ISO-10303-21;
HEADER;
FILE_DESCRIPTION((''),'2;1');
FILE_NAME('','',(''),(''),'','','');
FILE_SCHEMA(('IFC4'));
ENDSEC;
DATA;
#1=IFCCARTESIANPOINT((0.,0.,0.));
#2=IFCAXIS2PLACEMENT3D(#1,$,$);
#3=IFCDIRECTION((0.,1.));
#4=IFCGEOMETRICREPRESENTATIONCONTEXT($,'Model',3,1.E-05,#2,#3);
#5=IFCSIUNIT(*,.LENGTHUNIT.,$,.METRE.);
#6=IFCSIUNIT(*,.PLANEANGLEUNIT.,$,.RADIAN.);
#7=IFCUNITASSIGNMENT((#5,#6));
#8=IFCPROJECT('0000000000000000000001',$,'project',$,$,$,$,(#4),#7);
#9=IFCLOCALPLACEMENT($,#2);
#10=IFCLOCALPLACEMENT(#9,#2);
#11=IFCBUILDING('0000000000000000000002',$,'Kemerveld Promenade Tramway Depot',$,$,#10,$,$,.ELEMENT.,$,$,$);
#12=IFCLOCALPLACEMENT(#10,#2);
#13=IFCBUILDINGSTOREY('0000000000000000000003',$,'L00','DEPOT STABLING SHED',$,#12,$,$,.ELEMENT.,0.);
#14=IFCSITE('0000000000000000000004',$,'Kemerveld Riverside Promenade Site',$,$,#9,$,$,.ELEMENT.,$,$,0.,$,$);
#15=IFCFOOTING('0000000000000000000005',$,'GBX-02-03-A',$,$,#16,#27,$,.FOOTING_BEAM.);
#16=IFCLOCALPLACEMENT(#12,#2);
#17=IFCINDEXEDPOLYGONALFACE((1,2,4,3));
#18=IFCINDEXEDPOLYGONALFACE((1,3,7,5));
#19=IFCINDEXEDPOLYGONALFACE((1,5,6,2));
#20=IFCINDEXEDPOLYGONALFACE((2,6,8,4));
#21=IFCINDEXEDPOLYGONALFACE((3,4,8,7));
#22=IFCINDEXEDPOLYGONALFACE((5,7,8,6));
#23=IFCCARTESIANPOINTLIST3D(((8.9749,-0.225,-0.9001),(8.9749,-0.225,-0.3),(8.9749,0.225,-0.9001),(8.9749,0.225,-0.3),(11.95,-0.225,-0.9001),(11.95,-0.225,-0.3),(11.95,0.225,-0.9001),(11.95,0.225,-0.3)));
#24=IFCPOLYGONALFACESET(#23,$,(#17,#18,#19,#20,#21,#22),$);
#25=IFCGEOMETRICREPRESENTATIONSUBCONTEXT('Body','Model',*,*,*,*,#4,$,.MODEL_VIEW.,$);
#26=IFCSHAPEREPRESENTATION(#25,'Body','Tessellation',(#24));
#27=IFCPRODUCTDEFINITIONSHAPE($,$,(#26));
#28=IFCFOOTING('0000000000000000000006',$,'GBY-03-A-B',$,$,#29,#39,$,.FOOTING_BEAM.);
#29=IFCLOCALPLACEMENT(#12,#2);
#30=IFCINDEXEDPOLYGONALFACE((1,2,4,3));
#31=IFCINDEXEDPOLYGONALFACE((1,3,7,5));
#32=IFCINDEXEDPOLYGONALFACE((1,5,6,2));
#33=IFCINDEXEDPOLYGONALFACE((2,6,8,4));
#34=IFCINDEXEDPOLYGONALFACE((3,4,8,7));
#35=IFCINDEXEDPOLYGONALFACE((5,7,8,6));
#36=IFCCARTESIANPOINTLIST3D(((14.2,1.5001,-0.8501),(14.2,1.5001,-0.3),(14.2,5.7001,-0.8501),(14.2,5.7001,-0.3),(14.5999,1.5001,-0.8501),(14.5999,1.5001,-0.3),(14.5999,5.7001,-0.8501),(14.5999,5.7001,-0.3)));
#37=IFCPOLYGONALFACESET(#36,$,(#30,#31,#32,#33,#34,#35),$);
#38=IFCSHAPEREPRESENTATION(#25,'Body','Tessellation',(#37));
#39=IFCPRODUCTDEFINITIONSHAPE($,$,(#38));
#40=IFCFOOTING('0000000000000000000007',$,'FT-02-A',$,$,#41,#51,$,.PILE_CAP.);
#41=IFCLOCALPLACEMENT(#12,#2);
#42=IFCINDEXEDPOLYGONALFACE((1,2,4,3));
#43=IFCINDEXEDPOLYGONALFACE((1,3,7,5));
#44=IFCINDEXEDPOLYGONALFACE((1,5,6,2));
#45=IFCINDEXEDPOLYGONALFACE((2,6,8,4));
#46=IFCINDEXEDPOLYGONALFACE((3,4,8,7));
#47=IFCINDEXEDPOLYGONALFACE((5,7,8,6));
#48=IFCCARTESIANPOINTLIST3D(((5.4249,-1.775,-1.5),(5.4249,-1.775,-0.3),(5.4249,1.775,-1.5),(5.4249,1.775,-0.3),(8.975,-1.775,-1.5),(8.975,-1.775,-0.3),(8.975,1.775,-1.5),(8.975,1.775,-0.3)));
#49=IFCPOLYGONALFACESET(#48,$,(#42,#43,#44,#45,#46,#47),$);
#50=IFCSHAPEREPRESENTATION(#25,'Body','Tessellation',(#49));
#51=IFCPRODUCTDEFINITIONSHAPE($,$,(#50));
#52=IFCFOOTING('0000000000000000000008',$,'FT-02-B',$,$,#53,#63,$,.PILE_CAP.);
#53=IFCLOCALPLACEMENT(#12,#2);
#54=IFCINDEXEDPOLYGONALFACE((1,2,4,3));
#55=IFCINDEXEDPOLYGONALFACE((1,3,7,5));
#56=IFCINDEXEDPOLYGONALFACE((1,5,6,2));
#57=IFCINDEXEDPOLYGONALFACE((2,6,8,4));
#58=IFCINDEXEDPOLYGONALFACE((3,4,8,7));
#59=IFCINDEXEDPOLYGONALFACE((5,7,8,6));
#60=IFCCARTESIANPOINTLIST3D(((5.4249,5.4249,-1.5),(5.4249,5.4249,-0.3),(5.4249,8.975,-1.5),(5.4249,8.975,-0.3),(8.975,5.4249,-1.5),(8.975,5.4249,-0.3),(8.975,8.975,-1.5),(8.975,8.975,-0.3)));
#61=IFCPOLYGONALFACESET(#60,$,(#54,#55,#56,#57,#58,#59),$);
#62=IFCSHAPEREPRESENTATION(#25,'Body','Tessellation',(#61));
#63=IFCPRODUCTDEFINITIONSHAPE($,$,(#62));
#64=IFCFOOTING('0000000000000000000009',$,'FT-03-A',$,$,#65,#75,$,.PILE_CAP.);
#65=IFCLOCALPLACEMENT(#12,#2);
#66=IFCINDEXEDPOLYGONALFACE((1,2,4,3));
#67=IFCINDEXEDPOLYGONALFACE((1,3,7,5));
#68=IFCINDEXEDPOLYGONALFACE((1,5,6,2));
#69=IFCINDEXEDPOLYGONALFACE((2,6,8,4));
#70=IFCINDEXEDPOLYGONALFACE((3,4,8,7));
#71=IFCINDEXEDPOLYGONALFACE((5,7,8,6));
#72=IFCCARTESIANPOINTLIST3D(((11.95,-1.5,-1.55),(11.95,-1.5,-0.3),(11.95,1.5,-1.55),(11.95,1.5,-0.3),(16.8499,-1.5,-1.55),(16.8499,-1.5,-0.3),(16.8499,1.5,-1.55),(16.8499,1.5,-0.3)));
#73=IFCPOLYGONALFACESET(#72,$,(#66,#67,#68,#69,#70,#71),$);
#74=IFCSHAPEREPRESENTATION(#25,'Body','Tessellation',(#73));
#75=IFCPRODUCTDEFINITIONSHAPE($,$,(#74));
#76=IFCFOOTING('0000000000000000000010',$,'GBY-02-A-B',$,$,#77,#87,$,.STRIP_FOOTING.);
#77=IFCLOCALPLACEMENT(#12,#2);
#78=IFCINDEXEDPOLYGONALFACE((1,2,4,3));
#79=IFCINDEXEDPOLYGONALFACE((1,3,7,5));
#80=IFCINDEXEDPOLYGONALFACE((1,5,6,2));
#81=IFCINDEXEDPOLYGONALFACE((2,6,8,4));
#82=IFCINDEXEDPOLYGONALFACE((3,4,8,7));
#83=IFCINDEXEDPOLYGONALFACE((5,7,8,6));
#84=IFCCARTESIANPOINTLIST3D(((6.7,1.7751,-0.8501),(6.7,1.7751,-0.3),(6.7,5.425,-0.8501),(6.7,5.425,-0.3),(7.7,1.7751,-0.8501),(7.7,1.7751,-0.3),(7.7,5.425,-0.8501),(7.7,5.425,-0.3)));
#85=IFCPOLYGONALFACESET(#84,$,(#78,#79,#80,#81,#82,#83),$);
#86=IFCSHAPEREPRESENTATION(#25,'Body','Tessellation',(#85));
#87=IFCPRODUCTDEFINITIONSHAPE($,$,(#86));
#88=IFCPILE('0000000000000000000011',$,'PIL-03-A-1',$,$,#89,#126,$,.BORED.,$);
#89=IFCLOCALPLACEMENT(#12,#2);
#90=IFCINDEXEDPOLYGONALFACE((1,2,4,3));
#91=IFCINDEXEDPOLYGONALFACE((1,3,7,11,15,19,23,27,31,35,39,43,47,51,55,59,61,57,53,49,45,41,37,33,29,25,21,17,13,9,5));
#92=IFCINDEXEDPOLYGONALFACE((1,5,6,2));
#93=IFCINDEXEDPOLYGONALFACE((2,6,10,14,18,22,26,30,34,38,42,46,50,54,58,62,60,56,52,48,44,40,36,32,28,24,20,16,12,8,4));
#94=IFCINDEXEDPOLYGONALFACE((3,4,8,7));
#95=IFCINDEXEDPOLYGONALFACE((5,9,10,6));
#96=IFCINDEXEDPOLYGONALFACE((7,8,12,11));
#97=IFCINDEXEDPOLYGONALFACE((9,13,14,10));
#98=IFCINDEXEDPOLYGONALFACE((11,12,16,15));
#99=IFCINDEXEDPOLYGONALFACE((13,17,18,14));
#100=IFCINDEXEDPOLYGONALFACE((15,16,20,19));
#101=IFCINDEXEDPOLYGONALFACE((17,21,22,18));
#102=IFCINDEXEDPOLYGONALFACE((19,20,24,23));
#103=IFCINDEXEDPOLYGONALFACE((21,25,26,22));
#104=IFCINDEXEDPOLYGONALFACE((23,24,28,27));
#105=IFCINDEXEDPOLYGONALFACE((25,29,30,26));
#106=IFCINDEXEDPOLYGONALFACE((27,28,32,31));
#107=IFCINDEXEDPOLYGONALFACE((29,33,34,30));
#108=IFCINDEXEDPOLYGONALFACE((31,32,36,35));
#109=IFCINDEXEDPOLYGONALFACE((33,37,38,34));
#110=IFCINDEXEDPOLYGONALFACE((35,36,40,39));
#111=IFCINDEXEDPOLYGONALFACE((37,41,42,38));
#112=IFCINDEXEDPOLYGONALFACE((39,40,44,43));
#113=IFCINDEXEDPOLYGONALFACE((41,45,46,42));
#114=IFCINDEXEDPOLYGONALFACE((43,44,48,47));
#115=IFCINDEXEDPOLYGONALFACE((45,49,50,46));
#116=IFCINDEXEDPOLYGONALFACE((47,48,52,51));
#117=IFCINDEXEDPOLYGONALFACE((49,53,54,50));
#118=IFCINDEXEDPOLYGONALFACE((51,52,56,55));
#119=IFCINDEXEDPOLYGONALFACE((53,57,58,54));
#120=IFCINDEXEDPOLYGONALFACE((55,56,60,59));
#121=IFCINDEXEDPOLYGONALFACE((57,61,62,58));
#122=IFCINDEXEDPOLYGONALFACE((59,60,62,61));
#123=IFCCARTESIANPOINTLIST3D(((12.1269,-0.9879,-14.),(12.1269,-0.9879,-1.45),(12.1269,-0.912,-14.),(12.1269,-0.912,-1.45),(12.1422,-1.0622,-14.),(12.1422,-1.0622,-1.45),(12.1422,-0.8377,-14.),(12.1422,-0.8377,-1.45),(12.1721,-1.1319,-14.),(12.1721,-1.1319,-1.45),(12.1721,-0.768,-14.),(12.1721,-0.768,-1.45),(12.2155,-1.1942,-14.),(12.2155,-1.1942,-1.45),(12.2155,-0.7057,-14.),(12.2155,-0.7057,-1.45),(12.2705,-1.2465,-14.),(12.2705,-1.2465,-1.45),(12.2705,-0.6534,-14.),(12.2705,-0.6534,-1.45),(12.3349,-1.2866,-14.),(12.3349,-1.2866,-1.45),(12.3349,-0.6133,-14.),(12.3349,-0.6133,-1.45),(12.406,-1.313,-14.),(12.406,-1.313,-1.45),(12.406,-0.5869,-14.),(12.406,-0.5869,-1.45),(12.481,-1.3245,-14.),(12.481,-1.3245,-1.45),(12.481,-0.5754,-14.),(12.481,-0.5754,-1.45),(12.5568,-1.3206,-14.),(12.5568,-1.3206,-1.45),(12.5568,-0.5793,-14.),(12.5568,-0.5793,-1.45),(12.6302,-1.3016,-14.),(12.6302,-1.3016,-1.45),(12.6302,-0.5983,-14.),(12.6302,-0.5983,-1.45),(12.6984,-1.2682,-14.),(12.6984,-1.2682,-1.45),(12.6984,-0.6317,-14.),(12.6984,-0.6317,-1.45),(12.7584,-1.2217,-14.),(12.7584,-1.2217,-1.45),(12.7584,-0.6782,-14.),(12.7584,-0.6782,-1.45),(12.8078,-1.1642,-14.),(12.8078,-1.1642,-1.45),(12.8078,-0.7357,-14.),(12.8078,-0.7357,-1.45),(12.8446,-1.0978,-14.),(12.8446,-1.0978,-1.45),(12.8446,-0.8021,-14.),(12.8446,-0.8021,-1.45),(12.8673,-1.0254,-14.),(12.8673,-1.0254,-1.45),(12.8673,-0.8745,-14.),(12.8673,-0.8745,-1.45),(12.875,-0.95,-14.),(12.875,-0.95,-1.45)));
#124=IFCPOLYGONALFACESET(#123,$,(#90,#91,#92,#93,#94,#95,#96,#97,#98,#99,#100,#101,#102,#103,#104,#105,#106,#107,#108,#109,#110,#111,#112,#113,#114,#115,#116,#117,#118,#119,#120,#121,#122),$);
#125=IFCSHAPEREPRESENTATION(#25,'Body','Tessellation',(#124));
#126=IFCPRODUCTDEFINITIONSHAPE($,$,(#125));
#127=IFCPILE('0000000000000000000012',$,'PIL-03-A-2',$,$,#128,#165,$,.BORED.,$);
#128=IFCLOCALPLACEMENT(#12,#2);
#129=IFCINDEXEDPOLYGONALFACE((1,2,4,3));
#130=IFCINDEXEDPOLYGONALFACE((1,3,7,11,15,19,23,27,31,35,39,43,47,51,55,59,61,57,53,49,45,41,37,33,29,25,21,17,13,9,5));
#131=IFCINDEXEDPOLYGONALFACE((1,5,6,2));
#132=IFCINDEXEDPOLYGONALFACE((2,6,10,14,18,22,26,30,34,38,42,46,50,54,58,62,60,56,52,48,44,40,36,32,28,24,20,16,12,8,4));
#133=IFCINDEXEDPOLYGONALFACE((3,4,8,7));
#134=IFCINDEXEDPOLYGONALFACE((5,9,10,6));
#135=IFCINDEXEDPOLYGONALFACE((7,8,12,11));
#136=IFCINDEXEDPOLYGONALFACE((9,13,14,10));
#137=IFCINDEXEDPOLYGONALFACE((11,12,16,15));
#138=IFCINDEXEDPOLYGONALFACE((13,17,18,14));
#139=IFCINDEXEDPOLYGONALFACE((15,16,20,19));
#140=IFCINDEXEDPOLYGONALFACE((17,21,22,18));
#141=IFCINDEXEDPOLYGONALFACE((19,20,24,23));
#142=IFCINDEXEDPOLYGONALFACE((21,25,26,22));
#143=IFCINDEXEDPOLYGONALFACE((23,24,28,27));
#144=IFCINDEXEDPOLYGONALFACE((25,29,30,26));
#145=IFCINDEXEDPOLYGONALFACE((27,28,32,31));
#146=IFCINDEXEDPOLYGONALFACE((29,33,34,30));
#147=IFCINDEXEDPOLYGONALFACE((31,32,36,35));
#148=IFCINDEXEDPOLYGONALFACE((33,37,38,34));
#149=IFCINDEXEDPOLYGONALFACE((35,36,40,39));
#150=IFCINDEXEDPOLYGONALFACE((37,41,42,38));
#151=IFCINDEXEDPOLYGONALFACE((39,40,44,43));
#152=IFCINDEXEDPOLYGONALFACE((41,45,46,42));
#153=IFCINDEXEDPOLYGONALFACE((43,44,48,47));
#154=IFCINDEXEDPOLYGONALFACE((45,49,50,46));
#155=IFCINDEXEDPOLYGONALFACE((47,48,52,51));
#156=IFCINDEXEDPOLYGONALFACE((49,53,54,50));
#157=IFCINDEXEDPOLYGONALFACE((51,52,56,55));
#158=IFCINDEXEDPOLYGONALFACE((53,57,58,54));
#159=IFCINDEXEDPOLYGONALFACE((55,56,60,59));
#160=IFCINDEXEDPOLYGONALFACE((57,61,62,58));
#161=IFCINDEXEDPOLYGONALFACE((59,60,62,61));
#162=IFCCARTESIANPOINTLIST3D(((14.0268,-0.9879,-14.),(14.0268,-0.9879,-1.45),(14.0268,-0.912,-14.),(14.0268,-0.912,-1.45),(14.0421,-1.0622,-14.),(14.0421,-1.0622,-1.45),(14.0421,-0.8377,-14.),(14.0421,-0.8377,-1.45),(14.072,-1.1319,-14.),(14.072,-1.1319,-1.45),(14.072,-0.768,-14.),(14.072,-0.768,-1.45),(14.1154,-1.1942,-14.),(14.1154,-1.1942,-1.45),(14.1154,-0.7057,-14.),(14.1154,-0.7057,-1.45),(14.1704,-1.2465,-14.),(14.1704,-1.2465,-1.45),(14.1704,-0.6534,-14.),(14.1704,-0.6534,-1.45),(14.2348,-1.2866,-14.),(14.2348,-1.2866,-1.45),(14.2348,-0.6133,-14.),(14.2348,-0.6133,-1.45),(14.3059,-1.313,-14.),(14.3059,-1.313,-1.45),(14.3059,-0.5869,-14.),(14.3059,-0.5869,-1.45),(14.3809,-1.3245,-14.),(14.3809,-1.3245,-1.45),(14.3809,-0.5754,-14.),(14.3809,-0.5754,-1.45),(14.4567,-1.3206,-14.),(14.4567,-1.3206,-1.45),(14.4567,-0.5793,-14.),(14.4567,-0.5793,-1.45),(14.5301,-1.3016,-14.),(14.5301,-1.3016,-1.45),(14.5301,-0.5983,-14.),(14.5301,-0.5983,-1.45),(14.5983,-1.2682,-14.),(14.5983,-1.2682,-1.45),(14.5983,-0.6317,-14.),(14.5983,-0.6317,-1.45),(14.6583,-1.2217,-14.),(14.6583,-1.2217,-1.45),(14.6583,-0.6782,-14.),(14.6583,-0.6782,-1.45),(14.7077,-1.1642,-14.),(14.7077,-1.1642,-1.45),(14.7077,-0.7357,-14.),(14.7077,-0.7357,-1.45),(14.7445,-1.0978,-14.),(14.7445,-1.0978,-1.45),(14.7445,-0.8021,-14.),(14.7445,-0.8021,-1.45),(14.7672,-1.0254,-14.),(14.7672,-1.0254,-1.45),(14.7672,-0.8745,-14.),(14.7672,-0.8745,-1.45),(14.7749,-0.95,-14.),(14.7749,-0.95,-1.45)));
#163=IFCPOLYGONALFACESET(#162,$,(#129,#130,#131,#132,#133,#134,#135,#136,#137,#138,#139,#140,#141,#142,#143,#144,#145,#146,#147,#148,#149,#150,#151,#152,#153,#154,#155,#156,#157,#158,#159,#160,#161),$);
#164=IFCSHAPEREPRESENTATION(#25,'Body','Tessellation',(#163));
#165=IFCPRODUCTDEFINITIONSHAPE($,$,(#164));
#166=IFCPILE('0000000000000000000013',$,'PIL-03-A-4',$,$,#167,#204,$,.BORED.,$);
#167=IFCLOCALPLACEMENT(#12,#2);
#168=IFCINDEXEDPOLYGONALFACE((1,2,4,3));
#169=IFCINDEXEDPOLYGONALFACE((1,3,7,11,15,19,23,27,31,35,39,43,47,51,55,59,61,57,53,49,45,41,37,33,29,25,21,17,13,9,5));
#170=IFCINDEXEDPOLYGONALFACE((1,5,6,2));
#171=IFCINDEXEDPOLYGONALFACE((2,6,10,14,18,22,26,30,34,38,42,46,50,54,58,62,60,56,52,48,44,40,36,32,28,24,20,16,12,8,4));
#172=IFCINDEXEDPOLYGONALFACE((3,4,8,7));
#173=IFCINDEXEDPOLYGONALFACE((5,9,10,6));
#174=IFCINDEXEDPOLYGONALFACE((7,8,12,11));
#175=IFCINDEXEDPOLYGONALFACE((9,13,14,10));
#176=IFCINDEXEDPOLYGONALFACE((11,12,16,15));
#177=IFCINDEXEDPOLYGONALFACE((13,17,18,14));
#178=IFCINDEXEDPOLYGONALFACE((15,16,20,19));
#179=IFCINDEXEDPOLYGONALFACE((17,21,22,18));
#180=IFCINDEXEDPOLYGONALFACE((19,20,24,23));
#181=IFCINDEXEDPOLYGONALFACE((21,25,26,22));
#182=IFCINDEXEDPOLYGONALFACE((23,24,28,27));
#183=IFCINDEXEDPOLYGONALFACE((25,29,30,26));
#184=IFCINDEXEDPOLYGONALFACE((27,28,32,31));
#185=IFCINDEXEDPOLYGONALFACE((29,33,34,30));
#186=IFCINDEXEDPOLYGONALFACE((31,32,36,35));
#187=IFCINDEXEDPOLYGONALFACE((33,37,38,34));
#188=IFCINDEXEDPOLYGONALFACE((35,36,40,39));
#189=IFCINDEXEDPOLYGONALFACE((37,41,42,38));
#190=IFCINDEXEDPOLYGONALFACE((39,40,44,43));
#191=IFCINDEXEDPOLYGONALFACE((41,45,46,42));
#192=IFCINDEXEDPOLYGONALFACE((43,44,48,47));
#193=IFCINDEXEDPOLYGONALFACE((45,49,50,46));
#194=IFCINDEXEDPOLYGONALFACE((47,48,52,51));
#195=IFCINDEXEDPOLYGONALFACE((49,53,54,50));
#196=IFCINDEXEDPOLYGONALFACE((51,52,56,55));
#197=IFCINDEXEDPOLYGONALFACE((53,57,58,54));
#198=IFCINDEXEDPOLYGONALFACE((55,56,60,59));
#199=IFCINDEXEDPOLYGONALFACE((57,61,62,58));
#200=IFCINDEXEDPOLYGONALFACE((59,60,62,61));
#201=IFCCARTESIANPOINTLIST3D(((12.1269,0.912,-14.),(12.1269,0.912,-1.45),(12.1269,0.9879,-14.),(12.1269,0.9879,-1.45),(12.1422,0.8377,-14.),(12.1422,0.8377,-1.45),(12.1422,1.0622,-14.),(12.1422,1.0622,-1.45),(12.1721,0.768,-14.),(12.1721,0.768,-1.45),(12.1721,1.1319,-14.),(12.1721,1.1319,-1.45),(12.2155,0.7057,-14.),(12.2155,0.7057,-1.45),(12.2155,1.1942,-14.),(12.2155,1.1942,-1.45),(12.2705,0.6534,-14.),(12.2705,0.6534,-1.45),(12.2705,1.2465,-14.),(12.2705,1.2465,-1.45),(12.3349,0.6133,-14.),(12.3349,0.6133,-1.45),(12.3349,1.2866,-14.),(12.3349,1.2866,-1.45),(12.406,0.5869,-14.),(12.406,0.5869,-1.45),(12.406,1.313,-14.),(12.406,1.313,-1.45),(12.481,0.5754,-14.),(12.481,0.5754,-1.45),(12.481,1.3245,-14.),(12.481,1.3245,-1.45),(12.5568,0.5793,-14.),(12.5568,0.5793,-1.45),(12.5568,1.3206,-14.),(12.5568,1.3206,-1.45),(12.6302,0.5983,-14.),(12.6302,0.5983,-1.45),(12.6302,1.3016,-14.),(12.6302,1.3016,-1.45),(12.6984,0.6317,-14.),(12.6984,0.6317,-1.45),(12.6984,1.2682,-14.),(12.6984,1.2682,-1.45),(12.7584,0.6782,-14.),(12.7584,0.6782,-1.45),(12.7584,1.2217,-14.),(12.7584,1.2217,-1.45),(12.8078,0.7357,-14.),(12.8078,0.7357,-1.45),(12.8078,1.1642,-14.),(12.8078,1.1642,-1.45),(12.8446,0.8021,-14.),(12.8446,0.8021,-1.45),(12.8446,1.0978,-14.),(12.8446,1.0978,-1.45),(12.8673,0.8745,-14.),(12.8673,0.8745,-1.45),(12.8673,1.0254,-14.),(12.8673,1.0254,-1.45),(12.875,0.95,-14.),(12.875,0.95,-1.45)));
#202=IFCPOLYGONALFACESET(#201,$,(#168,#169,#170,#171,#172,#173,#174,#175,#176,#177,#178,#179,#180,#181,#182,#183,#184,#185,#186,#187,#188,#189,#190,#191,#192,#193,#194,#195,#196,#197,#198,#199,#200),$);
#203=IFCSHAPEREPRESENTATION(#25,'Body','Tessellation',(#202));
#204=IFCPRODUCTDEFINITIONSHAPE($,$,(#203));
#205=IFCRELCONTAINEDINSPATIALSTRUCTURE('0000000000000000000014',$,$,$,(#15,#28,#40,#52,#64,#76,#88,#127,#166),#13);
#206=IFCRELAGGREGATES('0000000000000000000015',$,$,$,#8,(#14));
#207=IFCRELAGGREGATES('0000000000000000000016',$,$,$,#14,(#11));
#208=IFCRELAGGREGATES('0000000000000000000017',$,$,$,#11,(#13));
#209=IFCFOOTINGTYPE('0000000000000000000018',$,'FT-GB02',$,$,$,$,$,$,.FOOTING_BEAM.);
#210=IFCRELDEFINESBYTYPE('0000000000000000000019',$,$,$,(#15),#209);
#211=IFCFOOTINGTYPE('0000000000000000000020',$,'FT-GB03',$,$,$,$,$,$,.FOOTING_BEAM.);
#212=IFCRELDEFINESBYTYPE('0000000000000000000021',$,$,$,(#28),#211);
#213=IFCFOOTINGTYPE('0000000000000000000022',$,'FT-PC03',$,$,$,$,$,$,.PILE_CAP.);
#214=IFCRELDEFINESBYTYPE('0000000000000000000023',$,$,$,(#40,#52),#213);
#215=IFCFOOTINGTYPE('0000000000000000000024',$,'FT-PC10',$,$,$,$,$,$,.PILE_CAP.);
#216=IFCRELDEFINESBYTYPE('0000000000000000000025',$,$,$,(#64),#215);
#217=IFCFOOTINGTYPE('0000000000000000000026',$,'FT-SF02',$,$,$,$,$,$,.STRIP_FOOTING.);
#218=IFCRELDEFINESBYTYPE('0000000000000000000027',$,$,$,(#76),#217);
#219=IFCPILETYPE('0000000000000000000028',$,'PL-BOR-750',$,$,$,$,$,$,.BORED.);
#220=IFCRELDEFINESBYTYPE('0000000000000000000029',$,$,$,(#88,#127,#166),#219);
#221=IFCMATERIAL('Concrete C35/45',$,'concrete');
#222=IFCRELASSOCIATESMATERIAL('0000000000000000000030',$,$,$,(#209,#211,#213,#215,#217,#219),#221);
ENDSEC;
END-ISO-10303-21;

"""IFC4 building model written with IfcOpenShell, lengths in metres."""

from ifc_helpers import new_model, si_unit, direction, frame, origin, origin_2d, place, context, subcontext, project, spatial, rectangle, circle, extrude, material, material_profile, profile_set, type_object, element, save


model = new_model("IFC4")

# Units and contexts
model_context = context("Model", 3, precision=1e-05, world=origin(), true_north=direction((0.0, 1.0)))
body_context = subcontext(model_context, "Body", "Model", "MODEL_VIEW")
ifc_project = project(units=[si_unit("LENGTHUNIT", "METRE"), si_unit("PLANEANGLEUNIT", "RADIAN")], contexts=[model_context])

# Site, building, storey
site_placement = place(None, origin())
site = spatial("IfcSite", under=ifc_project, at=site_placement, Name="Kemerveld Riverside Promenade Site", CompositionType="ELEMENT", RefElevation=0.0)
building_placement = place(site_placement, origin())
building = spatial("IfcBuilding", under=site, at=building_placement, Name="Kemerveld Promenade Tramway Depot", CompositionType="ELEMENT")
storey_placement = place(building_placement, origin())
storey = spatial("IfcBuildingStorey", under=building, at=storey_placement, Name="L00", Description="DEPOT STABLING SHED", CompositionType="ELEMENT", Elevation=0.0)

# Footings
ifc_material_1 = material(Name="Concrete C35/45", Category="concrete")
footing_type_1 = type_object("IfcFootingType", Name="FT-GB02", PredefinedType="FOOTING_BEAM", material=ifc_material_1)
footing_1_placement = place(storey_placement, frame((10.4624, 0.0, -0.9001), z_axis=(0.0, 0.0, 1.0), x_axis=(1.0, 0.0, 0.0)))
element("IfcFooting", 1, at=footing_1_placement, inside=storey, type_object=footing_type_1, Name="GBX-02-03-A", PredefinedType="FOOTING_BEAM", context=body_context, shape_type="SweptSolid", body=[
    extrude(rectangle(XDim=2.9751, YDim=0.45, at=origin_2d()), origin(), (0.0, 0.0, 1.0), 0.6001),
])
footing_type_2 = type_object("IfcFootingType", Name="FT-GB03", PredefinedType="FOOTING_BEAM", material=ifc_material_1)
footing_2_placement = place(storey_placement, frame((14.3999, 3.6001, -0.8501), z_axis=(0.0, 0.0, 1.0), x_axis=(0.0, 1.0, 0.0)))
element("IfcFooting", 2, at=footing_2_placement, inside=storey, type_object=footing_type_2, Name="GBY-03-A-B", PredefinedType="FOOTING_BEAM", context=body_context, shape_type="SweptSolid", body=[
    extrude(rectangle(XDim=4.2, YDim=0.3999, at=origin_2d()), origin(), (0.0, 0.0, 1.0), 0.55),
])
footing_type_3 = type_object("IfcFootingType", Name="FT-PC03", PredefinedType="PILE_CAP", material=ifc_material_1)
for number, where, z_axis, x_axis, name in (
    (3, (7.2, 0.0, -1.5), (0.0, 0.0, 1.0), (1.0, 0.0, 0.0), "FT-02-A"),
    (4, (7.2, 7.2, -1.5), (0.0, 0.0, 1.0), (1.0, 0.0, 0.0), "FT-02-B"),
):
    element("IfcFooting", number, at=place(storey_placement, frame(where, z_axis=z_axis, x_axis=x_axis)), inside=storey, type_object=footing_type_3, Name=name, PredefinedType="PILE_CAP", context=body_context, shape_type="SweptSolid", body=[
        extrude(rectangle(XDim=3.55, YDim=3.55, at=origin_2d()), origin(), (0.0, 0.0, 1.0), 1.2),
    ])
footing_type_4 = type_object("IfcFootingType", Name="FT-PC10", PredefinedType="PILE_CAP", material=ifc_material_1)
footing_3_placement = place(storey_placement, frame((14.3999, 0.0, -1.55), z_axis=(0.0, 0.0, 1.0), x_axis=(1.0, 0.0, 0.0)))
element("IfcFooting", 5, at=footing_3_placement, inside=storey, type_object=footing_type_4, Name="FT-03-A", PredefinedType="PILE_CAP", context=body_context, shape_type="SweptSolid", body=[
    extrude(rectangle(XDim=4.8999, YDim=3.0, at=origin_2d()), origin(), (0.0, 0.0, 1.0), 1.25),
])
footing_type_5 = type_object("IfcFootingType", Name="FT-SF02", PredefinedType="STRIP_FOOTING", material=ifc_material_1)
footing_4_placement = place(storey_placement, frame((7.2, 3.6001, -0.8501), z_axis=(0.0, 0.0, 1.0), x_axis=(0.0, 1.0, 0.0)))
element("IfcFooting", 6, at=footing_4_placement, inside=storey, type_object=footing_type_5, Name="GBY-02-A-B", PredefinedType="STRIP_FOOTING", context=body_context, shape_type="SweptSolid", body=[
    extrude(rectangle(XDim=3.6499, YDim=1.0, at=origin_2d()), origin(), (0.0, 0.0, 1.0), 0.55),
])

# Piles
ifc_material_profile_1 = material_profile(ifc_material_1, circle(Radius=0.375, at=origin_2d()), Name="PILE-D750")
ifc_profile_set_1 = profile_set([ifc_material_profile_1], Name="Concrete C35/45")
pile_type_1 = type_object("IfcPileType", Name="PL-BOR-750", PredefinedType="BORED", material=ifc_profile_set_1)
for number, where, z_axis, x_axis, name in (
    (7, (12.5, -0.95, -1.45), (0.0, 0.0, -1.0), (1.0, 0.0, 0.0), "PIL-03-A-1"),
    (8, (14.3999, -0.95, -1.45), (0.0, 0.0, -1.0), (1.0, 0.0, 0.0), "PIL-03-A-2"),
    (9, (12.5, 0.95, -1.45), (0.0, 0.0, -1.0), (1.0, 0.0, 0.0), "PIL-03-A-4"),
):
    element("IfcPile", number, at=place(storey_placement, frame(where, z_axis=z_axis, x_axis=x_axis)), inside=storey, type_object=pile_type_1, Name=name, PredefinedType="BORED", context=body_context, shape_type="SweptSolid", body=[
        extrude(circle(Radius=0.375, at=origin_2d()), origin(), (0.0, 0.0, 1.0), 12.55),
    ])

save(model, "model.ifc")
